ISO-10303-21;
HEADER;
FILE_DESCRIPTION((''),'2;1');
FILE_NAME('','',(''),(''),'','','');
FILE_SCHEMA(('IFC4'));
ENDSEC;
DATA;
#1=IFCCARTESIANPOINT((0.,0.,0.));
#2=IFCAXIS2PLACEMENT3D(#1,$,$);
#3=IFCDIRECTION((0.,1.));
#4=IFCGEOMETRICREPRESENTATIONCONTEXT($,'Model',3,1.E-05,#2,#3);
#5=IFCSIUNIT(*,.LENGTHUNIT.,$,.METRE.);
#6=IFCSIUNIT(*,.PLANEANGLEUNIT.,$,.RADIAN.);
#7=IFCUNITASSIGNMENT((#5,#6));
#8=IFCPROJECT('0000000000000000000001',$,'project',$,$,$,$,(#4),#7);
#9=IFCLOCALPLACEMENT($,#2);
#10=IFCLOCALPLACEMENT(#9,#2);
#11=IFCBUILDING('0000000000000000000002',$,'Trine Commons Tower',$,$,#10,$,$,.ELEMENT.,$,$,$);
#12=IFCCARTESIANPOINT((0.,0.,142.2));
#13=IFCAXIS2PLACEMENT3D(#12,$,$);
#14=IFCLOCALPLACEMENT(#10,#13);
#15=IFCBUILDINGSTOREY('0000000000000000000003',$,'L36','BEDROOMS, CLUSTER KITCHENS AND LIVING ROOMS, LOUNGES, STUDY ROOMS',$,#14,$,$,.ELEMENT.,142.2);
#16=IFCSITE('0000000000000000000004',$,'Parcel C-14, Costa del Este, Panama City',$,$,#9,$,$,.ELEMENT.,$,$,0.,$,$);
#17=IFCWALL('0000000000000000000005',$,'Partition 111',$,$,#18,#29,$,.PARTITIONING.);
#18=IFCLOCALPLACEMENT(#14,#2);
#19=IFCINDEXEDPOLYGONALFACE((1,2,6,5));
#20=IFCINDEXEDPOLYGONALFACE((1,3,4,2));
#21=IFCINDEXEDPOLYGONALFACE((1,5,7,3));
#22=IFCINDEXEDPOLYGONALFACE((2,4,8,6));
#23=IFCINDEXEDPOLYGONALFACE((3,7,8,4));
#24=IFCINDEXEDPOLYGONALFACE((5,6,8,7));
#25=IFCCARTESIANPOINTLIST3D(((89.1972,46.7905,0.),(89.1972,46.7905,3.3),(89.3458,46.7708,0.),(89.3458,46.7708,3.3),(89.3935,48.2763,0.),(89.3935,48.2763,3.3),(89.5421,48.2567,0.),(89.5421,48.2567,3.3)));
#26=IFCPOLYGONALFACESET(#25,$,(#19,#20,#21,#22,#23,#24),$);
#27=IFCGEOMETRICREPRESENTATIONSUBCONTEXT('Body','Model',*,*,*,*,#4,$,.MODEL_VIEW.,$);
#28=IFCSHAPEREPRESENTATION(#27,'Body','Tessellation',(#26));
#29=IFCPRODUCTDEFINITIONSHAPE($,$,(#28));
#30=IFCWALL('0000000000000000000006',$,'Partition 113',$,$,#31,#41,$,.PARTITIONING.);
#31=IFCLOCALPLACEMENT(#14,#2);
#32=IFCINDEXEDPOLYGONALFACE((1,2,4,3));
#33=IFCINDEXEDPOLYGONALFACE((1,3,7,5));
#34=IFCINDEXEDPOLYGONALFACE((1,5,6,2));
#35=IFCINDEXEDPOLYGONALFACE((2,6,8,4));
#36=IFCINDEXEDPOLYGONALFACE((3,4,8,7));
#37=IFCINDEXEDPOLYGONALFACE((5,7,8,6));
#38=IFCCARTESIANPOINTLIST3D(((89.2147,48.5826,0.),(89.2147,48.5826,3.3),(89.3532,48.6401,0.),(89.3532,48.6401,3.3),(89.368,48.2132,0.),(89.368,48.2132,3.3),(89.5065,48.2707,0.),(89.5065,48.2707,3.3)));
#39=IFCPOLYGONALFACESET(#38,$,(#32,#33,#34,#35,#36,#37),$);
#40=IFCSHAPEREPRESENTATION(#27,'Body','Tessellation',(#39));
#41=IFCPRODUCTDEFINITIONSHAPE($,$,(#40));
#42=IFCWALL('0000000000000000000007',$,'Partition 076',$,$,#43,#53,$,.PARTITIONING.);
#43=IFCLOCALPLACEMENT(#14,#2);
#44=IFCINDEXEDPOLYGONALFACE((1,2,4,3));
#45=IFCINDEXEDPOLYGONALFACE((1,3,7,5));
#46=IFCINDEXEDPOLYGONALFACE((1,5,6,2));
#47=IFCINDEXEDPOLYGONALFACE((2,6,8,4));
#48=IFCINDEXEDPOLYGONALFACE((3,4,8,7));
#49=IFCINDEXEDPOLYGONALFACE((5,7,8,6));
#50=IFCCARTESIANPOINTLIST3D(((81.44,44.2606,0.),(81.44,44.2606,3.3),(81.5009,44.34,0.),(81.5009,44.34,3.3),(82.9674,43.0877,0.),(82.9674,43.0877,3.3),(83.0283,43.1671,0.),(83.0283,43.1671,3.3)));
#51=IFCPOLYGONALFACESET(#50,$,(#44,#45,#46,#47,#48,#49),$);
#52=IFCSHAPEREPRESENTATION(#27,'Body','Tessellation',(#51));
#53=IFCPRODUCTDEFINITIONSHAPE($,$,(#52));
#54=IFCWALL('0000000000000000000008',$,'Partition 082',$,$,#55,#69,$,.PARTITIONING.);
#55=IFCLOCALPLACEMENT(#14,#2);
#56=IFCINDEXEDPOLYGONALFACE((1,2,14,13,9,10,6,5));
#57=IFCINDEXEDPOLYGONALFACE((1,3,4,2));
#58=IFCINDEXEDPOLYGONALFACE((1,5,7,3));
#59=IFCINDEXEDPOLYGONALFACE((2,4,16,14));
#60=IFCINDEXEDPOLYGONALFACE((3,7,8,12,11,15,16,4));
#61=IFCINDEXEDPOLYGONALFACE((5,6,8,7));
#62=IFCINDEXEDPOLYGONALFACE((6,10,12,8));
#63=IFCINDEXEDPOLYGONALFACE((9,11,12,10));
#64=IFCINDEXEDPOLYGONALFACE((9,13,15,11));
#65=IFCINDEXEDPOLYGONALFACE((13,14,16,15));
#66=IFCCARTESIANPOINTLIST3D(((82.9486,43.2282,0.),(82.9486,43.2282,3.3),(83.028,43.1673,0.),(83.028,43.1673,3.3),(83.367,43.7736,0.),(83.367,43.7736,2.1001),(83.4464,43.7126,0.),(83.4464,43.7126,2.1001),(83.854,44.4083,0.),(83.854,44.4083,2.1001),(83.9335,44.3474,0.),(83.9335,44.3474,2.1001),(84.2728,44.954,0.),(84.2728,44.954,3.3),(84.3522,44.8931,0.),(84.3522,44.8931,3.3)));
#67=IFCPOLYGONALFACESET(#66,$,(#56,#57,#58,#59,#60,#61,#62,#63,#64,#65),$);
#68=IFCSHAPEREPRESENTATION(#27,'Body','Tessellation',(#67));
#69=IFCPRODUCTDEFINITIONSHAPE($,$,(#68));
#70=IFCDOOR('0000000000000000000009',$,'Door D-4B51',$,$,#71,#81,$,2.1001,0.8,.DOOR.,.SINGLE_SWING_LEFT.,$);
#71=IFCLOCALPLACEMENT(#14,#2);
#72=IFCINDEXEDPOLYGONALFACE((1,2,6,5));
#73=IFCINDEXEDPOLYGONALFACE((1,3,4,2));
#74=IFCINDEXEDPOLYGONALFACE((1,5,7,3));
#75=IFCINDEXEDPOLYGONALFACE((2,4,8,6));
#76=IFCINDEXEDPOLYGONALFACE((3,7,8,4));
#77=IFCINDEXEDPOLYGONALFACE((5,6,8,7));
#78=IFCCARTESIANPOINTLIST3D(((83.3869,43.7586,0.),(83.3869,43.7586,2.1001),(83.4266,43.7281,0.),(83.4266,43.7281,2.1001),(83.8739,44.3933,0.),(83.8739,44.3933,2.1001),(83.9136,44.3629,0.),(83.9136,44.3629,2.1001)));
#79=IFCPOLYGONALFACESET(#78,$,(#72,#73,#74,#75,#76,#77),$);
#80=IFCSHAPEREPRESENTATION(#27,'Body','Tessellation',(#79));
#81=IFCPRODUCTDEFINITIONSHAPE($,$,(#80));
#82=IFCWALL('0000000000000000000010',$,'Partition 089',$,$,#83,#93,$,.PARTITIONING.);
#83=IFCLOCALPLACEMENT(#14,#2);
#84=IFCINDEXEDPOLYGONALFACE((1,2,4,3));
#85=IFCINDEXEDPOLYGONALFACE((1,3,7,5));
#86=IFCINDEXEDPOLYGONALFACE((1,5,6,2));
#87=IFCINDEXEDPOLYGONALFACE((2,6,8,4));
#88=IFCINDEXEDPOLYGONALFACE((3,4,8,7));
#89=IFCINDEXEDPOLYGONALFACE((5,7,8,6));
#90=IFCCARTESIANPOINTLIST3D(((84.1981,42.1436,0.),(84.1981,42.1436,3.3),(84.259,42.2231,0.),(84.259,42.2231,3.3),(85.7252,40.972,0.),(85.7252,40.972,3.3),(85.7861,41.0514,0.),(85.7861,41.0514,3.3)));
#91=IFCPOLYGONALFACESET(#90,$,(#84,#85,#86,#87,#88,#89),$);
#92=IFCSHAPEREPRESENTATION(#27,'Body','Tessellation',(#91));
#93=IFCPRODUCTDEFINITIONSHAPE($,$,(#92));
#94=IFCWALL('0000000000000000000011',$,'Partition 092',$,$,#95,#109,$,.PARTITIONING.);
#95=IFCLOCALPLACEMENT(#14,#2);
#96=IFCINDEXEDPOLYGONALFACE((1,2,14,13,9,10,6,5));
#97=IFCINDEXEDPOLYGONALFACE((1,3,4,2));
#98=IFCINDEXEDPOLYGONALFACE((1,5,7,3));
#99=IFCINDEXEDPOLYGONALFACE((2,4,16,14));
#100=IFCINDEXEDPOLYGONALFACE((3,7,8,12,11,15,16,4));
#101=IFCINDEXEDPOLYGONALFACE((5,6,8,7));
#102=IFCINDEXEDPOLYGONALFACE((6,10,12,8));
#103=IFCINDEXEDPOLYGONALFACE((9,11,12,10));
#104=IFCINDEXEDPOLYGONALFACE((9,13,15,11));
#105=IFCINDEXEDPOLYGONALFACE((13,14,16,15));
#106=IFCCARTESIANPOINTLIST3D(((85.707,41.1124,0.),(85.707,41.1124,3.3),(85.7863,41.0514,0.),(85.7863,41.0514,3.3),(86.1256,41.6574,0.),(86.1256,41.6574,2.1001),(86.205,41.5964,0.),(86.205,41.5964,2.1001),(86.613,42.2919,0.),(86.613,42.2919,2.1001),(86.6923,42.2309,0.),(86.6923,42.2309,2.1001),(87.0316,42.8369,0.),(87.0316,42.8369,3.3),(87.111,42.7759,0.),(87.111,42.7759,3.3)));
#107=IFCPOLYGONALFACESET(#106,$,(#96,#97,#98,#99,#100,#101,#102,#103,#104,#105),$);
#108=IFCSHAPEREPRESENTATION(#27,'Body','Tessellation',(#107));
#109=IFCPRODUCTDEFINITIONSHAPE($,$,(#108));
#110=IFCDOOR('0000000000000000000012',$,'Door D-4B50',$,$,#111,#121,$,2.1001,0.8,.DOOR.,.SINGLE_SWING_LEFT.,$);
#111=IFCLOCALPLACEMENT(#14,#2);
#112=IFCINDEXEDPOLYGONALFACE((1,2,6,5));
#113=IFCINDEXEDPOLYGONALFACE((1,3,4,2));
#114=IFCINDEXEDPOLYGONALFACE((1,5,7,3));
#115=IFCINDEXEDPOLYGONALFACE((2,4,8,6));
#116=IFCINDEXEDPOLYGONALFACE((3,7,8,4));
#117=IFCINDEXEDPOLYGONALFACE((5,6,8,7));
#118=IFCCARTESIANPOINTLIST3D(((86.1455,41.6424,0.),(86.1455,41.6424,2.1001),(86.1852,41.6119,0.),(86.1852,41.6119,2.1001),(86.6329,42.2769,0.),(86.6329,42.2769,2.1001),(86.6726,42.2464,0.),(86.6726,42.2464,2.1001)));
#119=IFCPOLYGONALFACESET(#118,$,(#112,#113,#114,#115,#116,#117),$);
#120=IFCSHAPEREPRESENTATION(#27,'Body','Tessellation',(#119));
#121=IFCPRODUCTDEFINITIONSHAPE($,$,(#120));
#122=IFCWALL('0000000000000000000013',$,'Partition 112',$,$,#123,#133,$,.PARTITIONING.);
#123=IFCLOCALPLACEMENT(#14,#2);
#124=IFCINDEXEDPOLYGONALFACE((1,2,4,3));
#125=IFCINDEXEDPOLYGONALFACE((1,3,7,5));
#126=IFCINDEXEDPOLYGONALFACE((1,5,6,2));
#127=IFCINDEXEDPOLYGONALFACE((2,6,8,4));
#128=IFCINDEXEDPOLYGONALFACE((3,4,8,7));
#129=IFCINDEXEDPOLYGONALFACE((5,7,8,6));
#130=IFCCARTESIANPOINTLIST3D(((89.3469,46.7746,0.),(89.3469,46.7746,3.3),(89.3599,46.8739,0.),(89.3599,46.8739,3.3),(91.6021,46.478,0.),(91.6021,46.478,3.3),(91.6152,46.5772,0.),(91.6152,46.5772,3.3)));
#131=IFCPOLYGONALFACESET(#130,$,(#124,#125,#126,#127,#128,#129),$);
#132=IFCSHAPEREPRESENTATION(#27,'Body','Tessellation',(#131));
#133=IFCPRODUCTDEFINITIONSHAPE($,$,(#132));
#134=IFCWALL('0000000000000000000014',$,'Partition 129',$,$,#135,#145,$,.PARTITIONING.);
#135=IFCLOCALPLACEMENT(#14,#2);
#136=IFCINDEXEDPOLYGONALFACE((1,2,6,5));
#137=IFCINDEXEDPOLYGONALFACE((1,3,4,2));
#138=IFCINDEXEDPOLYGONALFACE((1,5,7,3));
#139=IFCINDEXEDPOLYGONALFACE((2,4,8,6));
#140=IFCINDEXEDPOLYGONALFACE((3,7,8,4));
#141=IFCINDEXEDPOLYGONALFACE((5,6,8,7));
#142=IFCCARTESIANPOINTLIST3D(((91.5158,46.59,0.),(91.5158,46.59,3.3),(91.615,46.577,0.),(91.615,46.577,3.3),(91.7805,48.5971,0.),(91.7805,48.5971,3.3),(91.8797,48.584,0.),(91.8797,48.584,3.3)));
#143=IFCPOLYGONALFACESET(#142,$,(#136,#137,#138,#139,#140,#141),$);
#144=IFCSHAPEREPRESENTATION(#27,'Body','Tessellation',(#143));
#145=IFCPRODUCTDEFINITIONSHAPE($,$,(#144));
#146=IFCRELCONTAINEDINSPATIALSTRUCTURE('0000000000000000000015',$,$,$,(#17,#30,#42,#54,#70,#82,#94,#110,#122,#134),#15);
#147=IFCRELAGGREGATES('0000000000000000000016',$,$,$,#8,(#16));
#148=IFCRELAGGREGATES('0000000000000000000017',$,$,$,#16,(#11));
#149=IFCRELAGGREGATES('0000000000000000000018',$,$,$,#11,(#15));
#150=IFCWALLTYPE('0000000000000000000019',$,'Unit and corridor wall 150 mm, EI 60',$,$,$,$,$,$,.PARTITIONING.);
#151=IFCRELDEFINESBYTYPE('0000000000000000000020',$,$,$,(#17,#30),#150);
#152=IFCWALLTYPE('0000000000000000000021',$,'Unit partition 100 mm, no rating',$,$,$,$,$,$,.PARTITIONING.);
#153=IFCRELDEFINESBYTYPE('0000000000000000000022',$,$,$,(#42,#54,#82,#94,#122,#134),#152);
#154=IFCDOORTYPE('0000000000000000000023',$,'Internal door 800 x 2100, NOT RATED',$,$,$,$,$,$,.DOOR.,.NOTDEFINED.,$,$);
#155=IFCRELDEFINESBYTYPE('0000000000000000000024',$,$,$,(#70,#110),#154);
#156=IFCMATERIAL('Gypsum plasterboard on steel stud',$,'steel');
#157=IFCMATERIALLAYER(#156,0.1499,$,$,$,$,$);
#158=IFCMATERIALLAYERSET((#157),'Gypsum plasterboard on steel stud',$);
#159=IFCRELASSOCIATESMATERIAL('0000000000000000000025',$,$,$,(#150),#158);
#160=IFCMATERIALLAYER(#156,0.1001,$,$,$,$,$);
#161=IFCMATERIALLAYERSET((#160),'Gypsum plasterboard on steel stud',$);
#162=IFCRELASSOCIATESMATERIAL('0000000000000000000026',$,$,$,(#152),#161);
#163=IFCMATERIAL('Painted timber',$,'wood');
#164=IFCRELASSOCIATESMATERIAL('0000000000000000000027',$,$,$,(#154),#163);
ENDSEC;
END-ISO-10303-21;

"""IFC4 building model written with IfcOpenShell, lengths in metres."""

from ifc_helpers import new_model, si_unit, direction, frame, frame_2d, origin, place, context, subcontext, project, spatial, rectangle, extrude, material, layer, layer_set, type_object, element, fill, save


model = new_model("IFC4")

# Units and contexts
model_context = context("Model", 3, precision=1e-05, world=origin(), true_north=direction((0.0, 1.0)))
body_context = subcontext(model_context, "Body", "Model", "MODEL_VIEW")
ifc_project = project(units=[si_unit("LENGTHUNIT", "METRE"), si_unit("PLANEANGLEUNIT", "RADIAN")], contexts=[model_context])

# Site, building, storey
site_placement = place(None, origin())
site = spatial("IfcSite", under=ifc_project, at=site_placement, Name="Parcel C-14, Costa del Este, Panama City", CompositionType="ELEMENT", RefElevation=0.0)
building_placement = place(site_placement, origin())
building = spatial("IfcBuilding", under=site, at=building_placement, Name="Trine Commons Tower", CompositionType="ELEMENT")
storey_placement = place(building_placement, frame((0.0, 0.0, 142.2)))
storey = spatial("IfcBuildingStorey", under=building, at=storey_placement, Name="L36", Description="BEDROOMS, CLUSTER KITCHENS AND LIVING ROOMS, LOUNGES, STUDY ROOMS", CompositionType="ELEMENT", Elevation=142.2)

# Shared definitions
ifc_material_1 = material(Name="Gypsum plasterboard on steel stud", Category="steel")
ifc_layer_1 = layer(ifc_material_1, 0.1499)
ifc_layer_set_1 = layer_set([ifc_layer_1], Name="Gypsum plasterboard on steel stud")
wall_type_1 = type_object("IfcWallType", Name="Unit and corridor wall 150 mm, EI 60", PredefinedType="PARTITIONING", material=ifc_layer_set_1)

# Shared definitions
ifc_material_2 = material(Name="Painted timber", Category="wood")

# Walls
wall_1_placement = place(storey_placement, frame((89.2715, 46.7805, 0.0), z_axis=(0.0, 0.0, 1.0), x_axis=(0.130969, 0.991387, 0.0)))
element("IfcWall", 1, at=wall_1_placement, inside=storey, type_object=wall_type_1, Name="Partition 111", PredefinedType="PARTITIONING", context=body_context, shape_type="SweptSolid", body=[
    extrude(rectangle(XDim=1.4988, YDim=0.1499, at=frame_2d((0.7495, 0.0))), origin(), (0.0, 0.0, 1.0), 3.3),
])
wall_2_placement = place(storey_placement, frame((89.2839, 48.6113, 0.0), z_axis=(0.0, 0.0, 1.0), x_axis=(0.383358, -0.9236, 0.0)))
element("IfcWall", 2, at=wall_2_placement, inside=storey, type_object=wall_type_1, Name="Partition 113", PredefinedType="PARTITIONING", context=body_context, shape_type="SweptSolid", body=[
    extrude(rectangle(XDim=0.3999, YDim=0.1499, at=frame_2d((0.2, 0.0))), origin(), (0.0, 0.0, 1.0), 3.3),
])
ifc_layer_2 = layer(ifc_material_1, 0.1001)
ifc_layer_set_2 = layer_set([ifc_layer_2], Name="Gypsum plasterboard on steel stud")
wall_type_2 = type_object("IfcWallType", Name="Unit partition 100 mm, no rating", PredefinedType="PARTITIONING", material=ifc_layer_set_2)
wall_3_placement = place(storey_placement, frame((81.4705, 44.3003, 0.0), z_axis=(0.0, 0.0, 1.0), x_axis=(0.793133, -0.609049, 0.0)))
element("IfcWall", 3, at=wall_3_placement, inside=storey, type_object=wall_type_2, Name="Partition 076", PredefinedType="PARTITIONING", context=body_context, shape_type="SweptSolid", body=[
    extrude(rectangle(XDim=1.9258, YDim=0.1001, at=frame_2d((0.9629, 0.0))), origin(), (0.0, 0.0, 1.0), 3.3),
])

# Wall, opening, door
wall_4_placement = place(storey_placement, frame((82.9883, 43.1978, 0.0), z_axis=(0.0, 0.0, 1.0), x_axis=(0.608745, 0.793366, 0.0)))
wall_4 = element("IfcWall", 4, at=wall_4_placement, inside=storey, type_object=wall_type_2, Name="Partition 082", PredefinedType="PARTITIONING", context=body_context, shape_type="SweptSolid", body=[
    extrude(rectangle(XDim=2.1753, YDim=0.1001, at=frame_2d((1.0876, 0.0))), origin(), (0.0, 0.0, 1.0), 3.3),
])
opening_1_placement = place(wall_4_placement, frame((0.6875, 0.0, 0.0)))
opening_1 = element("IfcOpeningElement", 5, at=opening_1_placement, cuts=wall_4, PredefinedType="OPENING", context=body_context, shape_type="SweptSolid", body=[
    extrude(rectangle(XDim=0.8, YDim=2.1001, at=frame_2d((0.3999, 1.05))), frame((0.0, 0.0601, 0.0), z_axis=(0.0, -1.0, 0.0), x_axis=(1.0, 0.0, 0.0)), (0.0, 0.0, 1.0), 0.1201),
])
door_type_1 = type_object("IfcDoorType", Name="Internal door 800 x 2100, NOT RATED", OperationType="NOTDEFINED", PredefinedType="DOOR", material=ifc_material_2)
door_1_placement = place(opening_1_placement, frame((0.8, 0.0, 0.0), z_axis=(0.0, 0.0, 1.0), x_axis=(-1.0, 0.0, 0.0)))
door_1 = element("IfcDoor", 6, at=door_1_placement, inside=storey, type_object=door_type_1, Name="Door D-4B51", OperationType="SINGLE_SWING_LEFT", OverallHeight=2.1001, OverallWidth=0.8, PredefinedType="DOOR", context=body_context, shape_type="SweptSolid", body=[
    extrude(rectangle(XDim=0.8, YDim=2.1001, at=frame_2d((0.3999, 1.05))), frame((0.0, 0.0249, 0.0), z_axis=(0.0, -1.0, 0.0), x_axis=(1.0, 0.0, 0.0)), (0.0, 0.0, 1.0), 0.05),
])
fill(opening_1, door_1)

# Wall
wall_5_placement = place(storey_placement, frame((84.2285, 42.1833, 0.0), z_axis=(0.0, 0.0, 1.0), x_axis=(0.793392, -0.608711, 0.0)))
element("IfcWall", 7, at=wall_5_placement, inside=storey, type_object=wall_type_2, Name="Partition 089", PredefinedType="PARTITIONING", context=body_context, shape_type="SweptSolid", body=[
    extrude(rectangle(XDim=1.9248, YDim=0.1001, at=frame_2d((0.9624, 0.0))), origin(), (0.0, 0.0, 1.0), 3.3),
])

# Wall, opening, door
wall_6_placement = place(storey_placement, frame((85.7466, 41.0818, 0.0), z_axis=(0.0, 0.0, 1.0), x_axis=(0.609157, 0.793049, 0.0)))
wall_6 = element("IfcWall", 8, at=wall_6_placement, inside=storey, type_object=wall_type_2, Name="Partition 092", PredefinedType="PARTITIONING", context=body_context, shape_type="SweptSolid", body=[
    extrude(rectangle(XDim=2.1746, YDim=0.1001, at=frame_2d((1.0874, 0.0))), origin(), (0.0, 0.0, 1.0), 3.3),
])
opening_2_placement = place(wall_6_placement, frame((0.6875, 0.0, 0.0)))
opening_2 = element("IfcOpeningElement", 9, at=opening_2_placement, cuts=wall_6, PredefinedType="OPENING", context=body_context, shape_type="SweptSolid", body=[
    extrude(rectangle(XDim=0.8, YDim=2.1001, at=frame_2d((0.3999, 1.05))), frame((0.0, 0.0601, 0.0), z_axis=(0.0, -1.0, 0.0), x_axis=(1.0, 0.0, 0.0)), (0.0, 0.0, 1.0), 0.1201),
])
door_2_placement = place(opening_2_placement, frame((0.8, 0.0, 0.0), z_axis=(0.0, 0.0, 1.0), x_axis=(-1.0, 0.0, 0.0)))
door_2 = element("IfcDoor", 10, at=door_2_placement, inside=storey, type_object=door_type_1, Name="Door D-4B50", OperationType="SINGLE_SWING_LEFT", OverallHeight=2.1001, OverallWidth=0.8, PredefinedType="DOOR", context=body_context, shape_type="SweptSolid", body=[
    extrude(rectangle(XDim=0.8, YDim=2.1001, at=frame_2d((0.3999, 1.05))), frame((0.0, 0.0249, 0.0), z_axis=(0.0, -1.0, 0.0), x_axis=(1.0, 0.0, 0.0)), (0.0, 0.0, 1.0), 0.05),
])
fill(opening_2, door_2)

# Walls
wall_7_placement = place(storey_placement, frame((89.3535, 46.8242, 0.0), z_axis=(0.0, 0.0, 1.0), x_axis=(0.99146, -0.130413, 0.0)))
element("IfcWall", 11, at=wall_7_placement, inside=storey, type_object=wall_type_2, Name="Partition 112", PredefinedType="PARTITIONING", context=body_context, shape_type="SweptSolid", body=[
    extrude(rectangle(XDim=2.2747, YDim=0.1001, at=frame_2d((1.1372, 0.0))), origin(), (0.0, 0.0, 1.0), 3.3),
])
wall_8_placement = place(storey_placement, frame((91.5654, 46.5835, 0.0), z_axis=(0.0, 0.0, 1.0), x_axis=(0.130726, 0.991419, 0.0)))
element("IfcWall", 12, at=wall_8_placement, inside=storey, type_object=wall_type_2, Name="Partition 129", PredefinedType="PARTITIONING", context=body_context, shape_type="SweptSolid", body=[
    extrude(rectangle(XDim=2.0244, YDim=0.1001, at=frame_2d((1.0122, 0.0))), origin(), (0.0, 0.0, 1.0), 3.3),
])

save(model, "model.ifc")
